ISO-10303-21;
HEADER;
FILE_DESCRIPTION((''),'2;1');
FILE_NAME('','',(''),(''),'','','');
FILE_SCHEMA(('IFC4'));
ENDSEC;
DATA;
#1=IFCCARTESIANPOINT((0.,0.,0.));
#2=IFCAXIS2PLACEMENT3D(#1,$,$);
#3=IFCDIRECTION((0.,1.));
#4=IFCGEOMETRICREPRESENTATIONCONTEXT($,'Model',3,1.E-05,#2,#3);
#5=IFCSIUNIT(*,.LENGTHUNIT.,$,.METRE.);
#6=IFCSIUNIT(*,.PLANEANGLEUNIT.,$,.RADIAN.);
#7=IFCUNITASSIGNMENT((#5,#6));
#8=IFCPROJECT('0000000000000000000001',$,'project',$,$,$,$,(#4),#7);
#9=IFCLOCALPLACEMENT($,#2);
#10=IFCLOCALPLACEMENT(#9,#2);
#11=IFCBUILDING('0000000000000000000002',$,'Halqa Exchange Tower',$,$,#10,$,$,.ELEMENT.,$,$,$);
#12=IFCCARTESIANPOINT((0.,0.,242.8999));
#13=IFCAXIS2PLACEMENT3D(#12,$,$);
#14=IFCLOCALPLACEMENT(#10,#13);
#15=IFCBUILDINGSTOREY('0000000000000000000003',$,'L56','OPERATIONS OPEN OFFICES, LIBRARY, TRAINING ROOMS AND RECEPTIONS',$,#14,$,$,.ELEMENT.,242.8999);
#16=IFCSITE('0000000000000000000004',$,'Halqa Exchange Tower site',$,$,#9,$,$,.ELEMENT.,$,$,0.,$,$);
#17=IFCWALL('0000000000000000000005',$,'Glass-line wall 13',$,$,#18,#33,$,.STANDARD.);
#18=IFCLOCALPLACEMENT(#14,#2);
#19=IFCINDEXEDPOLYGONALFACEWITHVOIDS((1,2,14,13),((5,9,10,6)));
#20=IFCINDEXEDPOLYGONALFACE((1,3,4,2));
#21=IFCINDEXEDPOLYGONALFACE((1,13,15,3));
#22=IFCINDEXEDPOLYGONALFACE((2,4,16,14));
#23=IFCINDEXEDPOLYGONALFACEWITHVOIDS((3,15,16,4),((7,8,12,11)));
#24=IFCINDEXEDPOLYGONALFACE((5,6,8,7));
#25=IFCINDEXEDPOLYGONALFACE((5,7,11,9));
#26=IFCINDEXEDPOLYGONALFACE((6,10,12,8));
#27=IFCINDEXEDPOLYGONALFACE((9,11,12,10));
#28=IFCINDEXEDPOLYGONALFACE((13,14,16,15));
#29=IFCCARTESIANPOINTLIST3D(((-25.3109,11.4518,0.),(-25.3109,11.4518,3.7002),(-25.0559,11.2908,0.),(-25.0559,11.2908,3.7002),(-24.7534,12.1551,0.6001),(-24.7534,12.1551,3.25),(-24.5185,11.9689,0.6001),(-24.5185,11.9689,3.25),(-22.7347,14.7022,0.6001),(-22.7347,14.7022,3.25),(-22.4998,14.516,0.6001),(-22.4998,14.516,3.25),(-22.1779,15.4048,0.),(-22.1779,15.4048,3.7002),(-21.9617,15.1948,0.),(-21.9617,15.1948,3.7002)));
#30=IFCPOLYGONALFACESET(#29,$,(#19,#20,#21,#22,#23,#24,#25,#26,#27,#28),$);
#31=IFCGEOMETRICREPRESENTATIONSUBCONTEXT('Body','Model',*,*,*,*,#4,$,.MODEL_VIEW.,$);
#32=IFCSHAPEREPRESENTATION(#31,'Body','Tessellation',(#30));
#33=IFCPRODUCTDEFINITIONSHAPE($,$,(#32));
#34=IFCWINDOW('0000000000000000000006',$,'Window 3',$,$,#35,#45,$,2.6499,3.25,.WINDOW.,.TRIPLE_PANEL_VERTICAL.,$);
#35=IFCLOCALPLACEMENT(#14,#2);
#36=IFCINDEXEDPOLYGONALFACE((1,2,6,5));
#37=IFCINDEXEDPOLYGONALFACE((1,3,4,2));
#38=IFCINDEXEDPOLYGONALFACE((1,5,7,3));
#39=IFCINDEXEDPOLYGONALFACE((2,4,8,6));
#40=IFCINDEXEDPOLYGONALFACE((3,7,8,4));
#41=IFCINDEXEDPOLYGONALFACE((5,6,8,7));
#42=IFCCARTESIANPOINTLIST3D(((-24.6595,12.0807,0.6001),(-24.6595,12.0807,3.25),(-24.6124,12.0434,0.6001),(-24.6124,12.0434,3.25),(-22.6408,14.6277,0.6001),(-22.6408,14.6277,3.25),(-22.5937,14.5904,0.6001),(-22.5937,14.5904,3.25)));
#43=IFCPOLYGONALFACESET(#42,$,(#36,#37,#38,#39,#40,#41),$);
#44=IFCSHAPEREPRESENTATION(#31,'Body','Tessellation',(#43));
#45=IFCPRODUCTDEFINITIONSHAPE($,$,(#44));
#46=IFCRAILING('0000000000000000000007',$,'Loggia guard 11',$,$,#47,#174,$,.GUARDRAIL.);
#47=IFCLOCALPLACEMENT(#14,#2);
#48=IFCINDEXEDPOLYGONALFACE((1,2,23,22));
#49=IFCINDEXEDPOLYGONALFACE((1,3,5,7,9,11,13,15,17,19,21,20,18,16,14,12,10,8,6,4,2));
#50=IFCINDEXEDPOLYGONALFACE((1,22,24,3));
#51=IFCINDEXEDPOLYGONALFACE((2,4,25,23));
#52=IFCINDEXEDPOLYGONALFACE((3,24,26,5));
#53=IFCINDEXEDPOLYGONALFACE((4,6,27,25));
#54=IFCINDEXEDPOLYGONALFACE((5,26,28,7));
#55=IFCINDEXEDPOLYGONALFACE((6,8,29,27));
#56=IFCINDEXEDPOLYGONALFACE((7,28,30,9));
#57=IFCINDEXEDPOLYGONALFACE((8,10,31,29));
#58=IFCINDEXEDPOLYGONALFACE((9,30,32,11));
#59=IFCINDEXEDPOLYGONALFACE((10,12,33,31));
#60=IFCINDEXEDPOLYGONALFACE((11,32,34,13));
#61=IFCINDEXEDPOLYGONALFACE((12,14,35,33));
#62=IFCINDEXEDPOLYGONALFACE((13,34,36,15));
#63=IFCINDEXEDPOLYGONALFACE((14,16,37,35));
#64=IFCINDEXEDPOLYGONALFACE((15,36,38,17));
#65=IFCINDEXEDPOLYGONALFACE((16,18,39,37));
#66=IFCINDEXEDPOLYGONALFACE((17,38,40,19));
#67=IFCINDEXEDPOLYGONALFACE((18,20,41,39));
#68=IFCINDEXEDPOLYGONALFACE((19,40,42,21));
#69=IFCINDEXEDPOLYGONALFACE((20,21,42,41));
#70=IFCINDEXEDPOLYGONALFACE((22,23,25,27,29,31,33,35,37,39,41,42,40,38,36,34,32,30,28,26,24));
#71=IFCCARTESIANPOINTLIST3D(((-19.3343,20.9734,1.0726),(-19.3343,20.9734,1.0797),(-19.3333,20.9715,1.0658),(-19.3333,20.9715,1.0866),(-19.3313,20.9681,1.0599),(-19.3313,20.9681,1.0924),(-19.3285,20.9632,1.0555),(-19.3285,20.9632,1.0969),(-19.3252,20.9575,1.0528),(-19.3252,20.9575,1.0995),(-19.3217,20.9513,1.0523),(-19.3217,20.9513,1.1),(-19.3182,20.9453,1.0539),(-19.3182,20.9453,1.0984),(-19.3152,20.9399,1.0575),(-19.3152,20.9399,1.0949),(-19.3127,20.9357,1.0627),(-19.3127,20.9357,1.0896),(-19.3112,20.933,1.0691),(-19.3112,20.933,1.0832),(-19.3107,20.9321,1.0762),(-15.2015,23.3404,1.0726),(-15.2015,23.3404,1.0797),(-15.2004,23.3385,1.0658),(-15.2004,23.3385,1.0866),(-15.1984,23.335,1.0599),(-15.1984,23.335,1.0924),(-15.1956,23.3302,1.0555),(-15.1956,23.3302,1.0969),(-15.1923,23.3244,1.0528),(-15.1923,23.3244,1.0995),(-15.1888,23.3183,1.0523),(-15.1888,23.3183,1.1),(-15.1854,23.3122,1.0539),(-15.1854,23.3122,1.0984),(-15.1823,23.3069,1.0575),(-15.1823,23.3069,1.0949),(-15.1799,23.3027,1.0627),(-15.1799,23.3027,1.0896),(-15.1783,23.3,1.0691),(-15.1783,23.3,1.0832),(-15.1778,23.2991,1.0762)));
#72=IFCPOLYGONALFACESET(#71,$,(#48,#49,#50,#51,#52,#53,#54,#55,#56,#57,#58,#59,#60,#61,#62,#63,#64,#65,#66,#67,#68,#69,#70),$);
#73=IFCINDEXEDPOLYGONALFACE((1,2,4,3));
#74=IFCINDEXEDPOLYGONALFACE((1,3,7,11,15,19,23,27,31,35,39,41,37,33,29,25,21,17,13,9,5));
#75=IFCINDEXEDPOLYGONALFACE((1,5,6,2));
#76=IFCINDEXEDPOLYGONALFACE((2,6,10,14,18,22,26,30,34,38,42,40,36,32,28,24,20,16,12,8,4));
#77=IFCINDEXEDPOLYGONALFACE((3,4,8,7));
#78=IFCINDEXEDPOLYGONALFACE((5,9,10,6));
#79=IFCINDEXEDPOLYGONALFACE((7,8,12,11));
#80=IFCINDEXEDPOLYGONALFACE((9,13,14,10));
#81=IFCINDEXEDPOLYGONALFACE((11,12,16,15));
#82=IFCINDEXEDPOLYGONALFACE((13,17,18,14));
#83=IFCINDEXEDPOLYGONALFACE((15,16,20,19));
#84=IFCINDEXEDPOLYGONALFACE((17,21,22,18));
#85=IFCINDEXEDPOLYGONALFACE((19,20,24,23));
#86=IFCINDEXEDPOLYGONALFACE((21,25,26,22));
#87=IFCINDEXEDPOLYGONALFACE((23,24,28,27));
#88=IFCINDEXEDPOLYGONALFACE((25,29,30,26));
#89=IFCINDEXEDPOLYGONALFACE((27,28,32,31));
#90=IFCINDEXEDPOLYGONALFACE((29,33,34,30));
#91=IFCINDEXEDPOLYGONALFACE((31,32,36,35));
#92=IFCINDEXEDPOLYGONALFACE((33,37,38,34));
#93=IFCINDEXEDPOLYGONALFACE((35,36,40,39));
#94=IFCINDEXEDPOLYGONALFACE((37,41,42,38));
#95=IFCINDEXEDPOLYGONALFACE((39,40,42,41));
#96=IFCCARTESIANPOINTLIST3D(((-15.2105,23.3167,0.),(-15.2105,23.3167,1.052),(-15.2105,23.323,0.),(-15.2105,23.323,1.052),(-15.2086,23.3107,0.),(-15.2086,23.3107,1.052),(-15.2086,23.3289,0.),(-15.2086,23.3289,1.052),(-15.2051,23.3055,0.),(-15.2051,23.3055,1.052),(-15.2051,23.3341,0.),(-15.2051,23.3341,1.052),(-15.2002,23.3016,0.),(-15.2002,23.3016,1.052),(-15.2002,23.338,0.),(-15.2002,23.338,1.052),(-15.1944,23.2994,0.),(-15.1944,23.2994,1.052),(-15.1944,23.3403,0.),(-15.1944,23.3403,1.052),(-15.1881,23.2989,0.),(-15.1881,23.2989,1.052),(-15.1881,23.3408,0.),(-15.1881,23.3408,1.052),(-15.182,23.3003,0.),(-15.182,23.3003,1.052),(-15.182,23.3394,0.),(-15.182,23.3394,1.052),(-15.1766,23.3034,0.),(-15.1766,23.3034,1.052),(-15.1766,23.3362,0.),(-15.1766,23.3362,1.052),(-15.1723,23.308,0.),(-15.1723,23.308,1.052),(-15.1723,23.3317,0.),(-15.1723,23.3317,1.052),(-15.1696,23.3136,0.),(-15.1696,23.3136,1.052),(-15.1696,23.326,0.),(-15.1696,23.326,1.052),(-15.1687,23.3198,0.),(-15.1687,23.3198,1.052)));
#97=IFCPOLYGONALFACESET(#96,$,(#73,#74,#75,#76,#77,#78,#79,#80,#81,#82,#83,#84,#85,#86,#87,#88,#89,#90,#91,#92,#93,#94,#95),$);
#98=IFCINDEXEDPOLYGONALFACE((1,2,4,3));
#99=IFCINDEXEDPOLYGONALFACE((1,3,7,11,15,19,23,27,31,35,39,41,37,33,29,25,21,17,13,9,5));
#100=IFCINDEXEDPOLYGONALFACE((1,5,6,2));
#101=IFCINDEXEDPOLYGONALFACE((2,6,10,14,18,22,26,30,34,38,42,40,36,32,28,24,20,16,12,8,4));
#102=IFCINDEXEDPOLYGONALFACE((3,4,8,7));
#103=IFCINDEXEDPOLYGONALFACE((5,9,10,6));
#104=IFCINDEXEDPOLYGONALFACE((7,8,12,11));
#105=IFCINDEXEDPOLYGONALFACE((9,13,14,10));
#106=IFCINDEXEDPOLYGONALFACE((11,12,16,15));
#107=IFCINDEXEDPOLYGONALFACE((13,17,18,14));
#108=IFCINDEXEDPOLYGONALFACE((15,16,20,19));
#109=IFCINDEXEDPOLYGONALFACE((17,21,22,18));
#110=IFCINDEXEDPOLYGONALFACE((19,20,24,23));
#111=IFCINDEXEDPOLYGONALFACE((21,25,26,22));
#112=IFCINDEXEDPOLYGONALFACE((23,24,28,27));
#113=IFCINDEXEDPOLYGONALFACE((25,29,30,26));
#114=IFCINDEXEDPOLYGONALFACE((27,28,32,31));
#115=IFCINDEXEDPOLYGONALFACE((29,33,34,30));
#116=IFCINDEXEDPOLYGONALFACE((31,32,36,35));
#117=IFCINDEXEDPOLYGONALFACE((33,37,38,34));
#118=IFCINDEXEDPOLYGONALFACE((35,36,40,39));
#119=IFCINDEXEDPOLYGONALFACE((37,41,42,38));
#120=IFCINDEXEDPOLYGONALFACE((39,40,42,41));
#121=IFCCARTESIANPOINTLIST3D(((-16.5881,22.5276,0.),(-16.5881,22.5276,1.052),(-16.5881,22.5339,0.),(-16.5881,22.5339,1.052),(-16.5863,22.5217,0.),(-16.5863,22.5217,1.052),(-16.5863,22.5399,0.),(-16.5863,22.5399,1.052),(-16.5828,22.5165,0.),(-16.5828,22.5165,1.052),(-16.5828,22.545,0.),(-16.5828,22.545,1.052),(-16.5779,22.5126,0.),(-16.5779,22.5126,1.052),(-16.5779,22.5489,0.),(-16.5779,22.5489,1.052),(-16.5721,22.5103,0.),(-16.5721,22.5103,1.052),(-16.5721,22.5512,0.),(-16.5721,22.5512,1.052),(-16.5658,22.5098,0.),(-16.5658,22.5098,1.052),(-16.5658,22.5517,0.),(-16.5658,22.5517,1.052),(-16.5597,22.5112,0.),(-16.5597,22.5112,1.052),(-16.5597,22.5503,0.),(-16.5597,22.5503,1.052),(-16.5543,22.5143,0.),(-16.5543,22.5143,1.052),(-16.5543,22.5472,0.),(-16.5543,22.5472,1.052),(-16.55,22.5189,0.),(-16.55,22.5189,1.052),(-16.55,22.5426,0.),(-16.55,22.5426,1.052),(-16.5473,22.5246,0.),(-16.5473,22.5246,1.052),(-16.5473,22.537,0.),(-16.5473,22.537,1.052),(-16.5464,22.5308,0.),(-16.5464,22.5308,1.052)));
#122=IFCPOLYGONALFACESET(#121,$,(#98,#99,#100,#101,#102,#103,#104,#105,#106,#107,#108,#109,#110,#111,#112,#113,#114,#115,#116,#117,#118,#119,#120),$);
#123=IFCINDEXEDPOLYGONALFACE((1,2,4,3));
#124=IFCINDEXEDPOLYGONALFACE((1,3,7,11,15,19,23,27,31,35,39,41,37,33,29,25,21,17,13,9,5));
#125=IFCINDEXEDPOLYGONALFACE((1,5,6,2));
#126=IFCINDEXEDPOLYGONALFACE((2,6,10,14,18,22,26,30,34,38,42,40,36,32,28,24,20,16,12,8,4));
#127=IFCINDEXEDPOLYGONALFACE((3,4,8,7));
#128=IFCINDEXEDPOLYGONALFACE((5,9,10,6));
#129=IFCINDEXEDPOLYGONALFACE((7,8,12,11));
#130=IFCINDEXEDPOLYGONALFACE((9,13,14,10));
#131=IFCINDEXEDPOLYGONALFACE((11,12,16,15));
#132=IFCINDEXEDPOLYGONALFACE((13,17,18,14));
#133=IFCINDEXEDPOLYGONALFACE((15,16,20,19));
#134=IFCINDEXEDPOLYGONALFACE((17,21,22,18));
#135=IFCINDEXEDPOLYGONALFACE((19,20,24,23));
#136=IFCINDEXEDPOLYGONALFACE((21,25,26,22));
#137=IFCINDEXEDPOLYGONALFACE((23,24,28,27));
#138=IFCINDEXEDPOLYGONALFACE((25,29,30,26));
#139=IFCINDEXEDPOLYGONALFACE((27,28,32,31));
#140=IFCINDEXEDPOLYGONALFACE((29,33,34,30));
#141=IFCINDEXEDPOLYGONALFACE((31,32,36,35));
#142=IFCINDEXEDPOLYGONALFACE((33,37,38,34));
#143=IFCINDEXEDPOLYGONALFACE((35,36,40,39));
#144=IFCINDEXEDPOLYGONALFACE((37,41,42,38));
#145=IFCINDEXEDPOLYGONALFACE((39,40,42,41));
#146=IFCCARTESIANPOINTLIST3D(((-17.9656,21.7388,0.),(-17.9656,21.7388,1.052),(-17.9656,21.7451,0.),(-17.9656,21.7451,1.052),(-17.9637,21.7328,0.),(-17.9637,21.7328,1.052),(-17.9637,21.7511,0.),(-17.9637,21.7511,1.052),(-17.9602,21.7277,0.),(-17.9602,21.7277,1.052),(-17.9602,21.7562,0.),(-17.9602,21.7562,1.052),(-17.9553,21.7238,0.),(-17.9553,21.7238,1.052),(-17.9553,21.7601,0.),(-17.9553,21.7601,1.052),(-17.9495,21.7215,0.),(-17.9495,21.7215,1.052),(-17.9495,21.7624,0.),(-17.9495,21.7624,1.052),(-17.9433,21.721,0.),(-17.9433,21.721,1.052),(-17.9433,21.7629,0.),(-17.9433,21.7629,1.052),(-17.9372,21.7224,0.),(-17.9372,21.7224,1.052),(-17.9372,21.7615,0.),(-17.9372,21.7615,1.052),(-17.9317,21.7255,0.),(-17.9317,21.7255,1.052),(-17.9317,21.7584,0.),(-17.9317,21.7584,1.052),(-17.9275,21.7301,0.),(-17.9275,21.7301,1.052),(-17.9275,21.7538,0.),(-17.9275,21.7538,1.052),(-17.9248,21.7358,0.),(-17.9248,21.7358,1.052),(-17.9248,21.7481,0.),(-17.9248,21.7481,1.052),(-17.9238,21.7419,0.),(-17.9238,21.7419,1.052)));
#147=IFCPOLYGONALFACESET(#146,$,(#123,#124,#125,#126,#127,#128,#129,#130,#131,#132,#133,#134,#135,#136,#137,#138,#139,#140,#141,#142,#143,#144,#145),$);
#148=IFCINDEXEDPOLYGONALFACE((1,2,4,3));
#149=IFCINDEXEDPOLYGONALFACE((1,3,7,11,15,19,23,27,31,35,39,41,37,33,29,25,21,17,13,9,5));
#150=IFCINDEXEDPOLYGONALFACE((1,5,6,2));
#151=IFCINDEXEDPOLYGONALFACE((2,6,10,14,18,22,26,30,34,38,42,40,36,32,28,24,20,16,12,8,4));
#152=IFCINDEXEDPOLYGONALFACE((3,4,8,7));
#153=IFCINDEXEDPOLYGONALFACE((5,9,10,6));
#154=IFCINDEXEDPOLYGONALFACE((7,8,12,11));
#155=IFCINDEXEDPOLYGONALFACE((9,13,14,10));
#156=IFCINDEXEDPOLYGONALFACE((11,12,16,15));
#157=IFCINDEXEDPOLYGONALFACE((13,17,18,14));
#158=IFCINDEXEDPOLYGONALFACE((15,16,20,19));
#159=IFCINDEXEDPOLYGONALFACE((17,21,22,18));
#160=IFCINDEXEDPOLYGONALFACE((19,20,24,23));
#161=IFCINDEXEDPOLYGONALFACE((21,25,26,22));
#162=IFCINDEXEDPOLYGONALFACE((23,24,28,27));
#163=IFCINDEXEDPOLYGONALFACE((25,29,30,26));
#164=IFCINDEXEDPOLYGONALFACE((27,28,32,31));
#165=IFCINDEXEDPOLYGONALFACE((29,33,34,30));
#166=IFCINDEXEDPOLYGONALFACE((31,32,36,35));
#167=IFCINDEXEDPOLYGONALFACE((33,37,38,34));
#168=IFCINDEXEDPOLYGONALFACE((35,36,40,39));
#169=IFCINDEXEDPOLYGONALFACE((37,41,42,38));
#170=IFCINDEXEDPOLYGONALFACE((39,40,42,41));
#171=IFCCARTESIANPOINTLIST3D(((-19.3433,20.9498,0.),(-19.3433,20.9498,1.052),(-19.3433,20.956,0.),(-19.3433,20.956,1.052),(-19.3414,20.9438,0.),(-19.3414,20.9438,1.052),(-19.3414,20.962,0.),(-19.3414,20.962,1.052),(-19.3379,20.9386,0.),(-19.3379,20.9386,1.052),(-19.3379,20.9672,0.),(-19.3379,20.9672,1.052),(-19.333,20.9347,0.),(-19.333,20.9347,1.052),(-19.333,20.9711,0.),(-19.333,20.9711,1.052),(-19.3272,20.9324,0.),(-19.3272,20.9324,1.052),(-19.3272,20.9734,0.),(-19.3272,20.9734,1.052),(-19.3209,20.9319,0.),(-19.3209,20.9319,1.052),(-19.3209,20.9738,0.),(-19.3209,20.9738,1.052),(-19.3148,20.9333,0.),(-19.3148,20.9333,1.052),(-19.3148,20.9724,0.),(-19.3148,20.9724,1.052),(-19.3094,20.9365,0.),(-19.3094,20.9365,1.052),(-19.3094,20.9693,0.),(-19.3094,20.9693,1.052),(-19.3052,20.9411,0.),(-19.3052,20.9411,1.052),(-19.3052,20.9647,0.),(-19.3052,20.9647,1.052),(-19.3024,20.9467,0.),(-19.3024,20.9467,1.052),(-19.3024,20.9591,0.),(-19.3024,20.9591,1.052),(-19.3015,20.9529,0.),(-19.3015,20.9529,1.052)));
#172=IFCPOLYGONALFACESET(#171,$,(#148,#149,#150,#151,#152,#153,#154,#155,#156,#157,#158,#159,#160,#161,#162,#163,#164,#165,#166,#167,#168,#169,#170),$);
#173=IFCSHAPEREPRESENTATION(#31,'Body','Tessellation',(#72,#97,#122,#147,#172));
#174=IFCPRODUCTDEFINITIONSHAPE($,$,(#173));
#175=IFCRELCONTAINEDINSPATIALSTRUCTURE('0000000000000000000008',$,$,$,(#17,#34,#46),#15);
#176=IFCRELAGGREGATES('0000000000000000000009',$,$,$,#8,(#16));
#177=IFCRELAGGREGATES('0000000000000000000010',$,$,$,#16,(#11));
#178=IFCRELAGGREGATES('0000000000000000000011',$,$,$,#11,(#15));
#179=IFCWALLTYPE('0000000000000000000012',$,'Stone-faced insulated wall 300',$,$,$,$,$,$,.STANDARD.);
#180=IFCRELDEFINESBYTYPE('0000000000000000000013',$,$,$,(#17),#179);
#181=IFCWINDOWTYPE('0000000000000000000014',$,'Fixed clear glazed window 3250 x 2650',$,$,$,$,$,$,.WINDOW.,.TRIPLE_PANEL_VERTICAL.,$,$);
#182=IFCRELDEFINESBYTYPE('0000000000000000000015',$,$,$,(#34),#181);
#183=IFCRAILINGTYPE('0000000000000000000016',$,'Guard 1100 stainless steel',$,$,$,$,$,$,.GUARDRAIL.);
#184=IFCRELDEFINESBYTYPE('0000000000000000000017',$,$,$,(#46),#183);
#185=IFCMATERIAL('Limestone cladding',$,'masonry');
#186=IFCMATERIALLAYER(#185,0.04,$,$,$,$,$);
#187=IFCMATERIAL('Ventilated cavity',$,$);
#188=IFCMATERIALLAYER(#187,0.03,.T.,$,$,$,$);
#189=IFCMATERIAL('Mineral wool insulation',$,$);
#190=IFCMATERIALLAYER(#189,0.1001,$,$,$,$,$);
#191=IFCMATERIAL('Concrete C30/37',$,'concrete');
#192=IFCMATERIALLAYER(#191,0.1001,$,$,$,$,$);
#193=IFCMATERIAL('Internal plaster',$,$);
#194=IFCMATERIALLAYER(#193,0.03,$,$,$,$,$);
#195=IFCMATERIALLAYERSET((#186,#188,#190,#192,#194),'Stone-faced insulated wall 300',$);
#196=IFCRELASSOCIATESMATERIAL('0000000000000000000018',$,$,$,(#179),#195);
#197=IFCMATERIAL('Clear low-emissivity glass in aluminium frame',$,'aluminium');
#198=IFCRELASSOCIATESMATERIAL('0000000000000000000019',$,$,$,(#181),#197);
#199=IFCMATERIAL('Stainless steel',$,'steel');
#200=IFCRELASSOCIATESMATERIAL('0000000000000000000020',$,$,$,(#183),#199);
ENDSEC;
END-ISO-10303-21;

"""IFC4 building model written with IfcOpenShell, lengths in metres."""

from ifc_helpers import new_model, si_unit, direction, frame, frame_2d, origin, origin_2d, place, context, subcontext, project, spatial, polyline, rectangle, circle, outline, extrude, material, layer, layer_set, type_object, element, fill, save


model = new_model("IFC4")

# Units and contexts
model_context = context("Model", 3, precision=1e-05, world=origin(), true_north=direction((0.0, 1.0)))
body_context = subcontext(model_context, "Body", "Model", "MODEL_VIEW")
ifc_project = project(units=[si_unit("LENGTHUNIT", "METRE"), si_unit("PLANEANGLEUNIT", "RADIAN")], contexts=[model_context])

# Site, building, storey
site_placement = place(None, origin())
site = spatial("IfcSite", under=ifc_project, at=site_placement, Name="Halqa Exchange Tower site", CompositionType="ELEMENT", RefElevation=0.0)
building_placement = place(site_placement, origin())
building = spatial("IfcBuilding", under=site, at=building_placement, Name="Halqa Exchange Tower", CompositionType="ELEMENT")
storey_placement = place(building_placement, frame((0.0, 0.0, 242.8999)))
storey = spatial("IfcBuildingStorey", under=building, at=storey_placement, Name="L56", Description="OPERATIONS OPEN OFFICES, LIBRARY, TRAINING ROOMS AND RECEPTIONS", CompositionType="ELEMENT", Elevation=242.8999)

# Shared definitions
ifc_material_1 = material(Name="Limestone cladding", Category="masonry")
ifc_layer_1 = layer(ifc_material_1, 0.04)
ifc_material_2 = material(Name="Ventilated cavity")
ifc_layer_2 = layer(ifc_material_2, 0.03, ventilated=True)
ifc_material_3 = material(Name="Mineral wool insulation")
ifc_layer_3 = layer(ifc_material_3, 0.1001)
ifc_material_4 = material(Name="Concrete C30/37", Category="concrete")
ifc_layer_4 = layer(ifc_material_4, 0.1001)
ifc_material_5 = material(Name="Internal plaster")
ifc_layer_5 = layer(ifc_material_5, 0.03)
ifc_layer_set_1 = layer_set([ifc_layer_1, ifc_layer_2, ifc_layer_3, ifc_layer_4, ifc_layer_5], Name="Stone-faced insulated wall 300")
wall_type_1 = type_object("IfcWallType", Name="Stone-faced insulated wall 300", PredefinedType="STANDARD", material=ifc_layer_set_1)
ifc_material_6 = material(Name="Clear low-emissivity glass in aluminium frame", Category="aluminium")
window_type = type_object("IfcWindowType", Name="Fixed clear glazed window 3250 x 2650", PartitioningType="TRIPLE_PANEL_VERTICAL", PredefinedType="WINDOW", material=ifc_material_6)

# Wall, opening, window
wall_1_placement = place(storey_placement, frame((-22.0698, 15.2998, 0.0), z_axis=(0.0, 0.0, 1.0), x_axis=(-0.621131, -0.783707, 0.0)))
wall_1 = element("IfcWall", 1, at=wall_1_placement, inside=storey, type_object=wall_type_1, Name="Glass-line wall 13", PredefinedType="STANDARD", context=body_context, shape_type="SweptSolid", body=[
    extrude(outline(polyline([(-0.0151, -0.1499), (5.0288, -0.1499), (4.9966, 0.1499), (0.0151, 0.1499), (-0.0151, -0.1499)])), origin(), (0.0, 0.0, 1.0), 3.7002),
])
opening_1_placement = place(wall_1_placement, frame((0.8813, 0.0, 0.6001)))
opening_1 = element("IfcOpeningElement", 2, at=opening_1_placement, cuts=wall_1, PredefinedType="OPENING", context=body_context, shape_type="SweptSolid", body=[
    extrude(rectangle(XDim=3.25, YDim=2.6499, at=frame_2d((1.625, 1.325))), frame((0.0, 0.1621, 0.0), z_axis=(0.0, -1.0, 0.0), x_axis=(1.0, 0.0, 0.0)), (0.0, 0.0, 1.0), 0.324),
])
window_1_placement = place(opening_1_placement, origin())
window_1 = element("IfcWindow", 3, at=window_1_placement, inside=storey, type_object=window_type, Name="Window 3", OverallHeight=2.6499, OverallWidth=3.25, PartitioningType="TRIPLE_PANEL_VERTICAL", PredefinedType="WINDOW", context=body_context, shape_type="SweptSolid", body=[
    extrude(rectangle(XDim=3.25, YDim=2.6499, at=frame_2d((1.625, 1.325))), frame((0.0, 0.03, 0.0), z_axis=(0.0, -1.0, 0.0), x_axis=(1.0, 0.0, 0.0)), (0.0, 0.0, 1.0), 0.0601),
])
fill(opening_1, window_1)

# Railing
ifc_material_7 = material(Name="Stainless steel", Category="steel")
railing_type = type_object("IfcRailingType", Name="Guard 1100 stainless steel", PredefinedType="GUARDRAIL", material=ifc_material_7)
railing_1_placement = place(storey_placement, frame((-15.1897, 23.3198, 0.0)))
element("IfcRailing", 4, at=railing_1_placement, inside=storey, type_object=railing_type, Name="Loggia guard 11", PredefinedType="GUARDRAIL", context=body_context, shape_type="SweptSolid", body=[
    extrude(circle(Radius=0.0239, at=origin_2d()), frame((0.0, 0.0, 1.0762), z_axis=(-0.86776, -0.496983, 0.0), x_axis=(0.496983, -0.86776, 0.0)), (0.0, 0.0, 1.0), 4.7627),
    extrude(circle(Radius=0.021, at=origin_2d()), origin(), (0.0, 0.0, 1.0), 1.052),
    extrude(circle(Radius=0.021, at=origin_2d()), frame((-1.3777, -0.7891, 0.0)), (0.0, 0.0, 1.0), 1.052),
    extrude(circle(Radius=0.021, at=origin_2d()), frame((-2.7551, -1.5779, 0.0)), (0.0, 0.0, 1.0), 1.052),
    extrude(circle(Radius=0.021, at=origin_2d()), frame((-4.1328, -2.3669, 0.0)), (0.0, 0.0, 1.0), 1.052),
])

save(model, "model.ifc")
